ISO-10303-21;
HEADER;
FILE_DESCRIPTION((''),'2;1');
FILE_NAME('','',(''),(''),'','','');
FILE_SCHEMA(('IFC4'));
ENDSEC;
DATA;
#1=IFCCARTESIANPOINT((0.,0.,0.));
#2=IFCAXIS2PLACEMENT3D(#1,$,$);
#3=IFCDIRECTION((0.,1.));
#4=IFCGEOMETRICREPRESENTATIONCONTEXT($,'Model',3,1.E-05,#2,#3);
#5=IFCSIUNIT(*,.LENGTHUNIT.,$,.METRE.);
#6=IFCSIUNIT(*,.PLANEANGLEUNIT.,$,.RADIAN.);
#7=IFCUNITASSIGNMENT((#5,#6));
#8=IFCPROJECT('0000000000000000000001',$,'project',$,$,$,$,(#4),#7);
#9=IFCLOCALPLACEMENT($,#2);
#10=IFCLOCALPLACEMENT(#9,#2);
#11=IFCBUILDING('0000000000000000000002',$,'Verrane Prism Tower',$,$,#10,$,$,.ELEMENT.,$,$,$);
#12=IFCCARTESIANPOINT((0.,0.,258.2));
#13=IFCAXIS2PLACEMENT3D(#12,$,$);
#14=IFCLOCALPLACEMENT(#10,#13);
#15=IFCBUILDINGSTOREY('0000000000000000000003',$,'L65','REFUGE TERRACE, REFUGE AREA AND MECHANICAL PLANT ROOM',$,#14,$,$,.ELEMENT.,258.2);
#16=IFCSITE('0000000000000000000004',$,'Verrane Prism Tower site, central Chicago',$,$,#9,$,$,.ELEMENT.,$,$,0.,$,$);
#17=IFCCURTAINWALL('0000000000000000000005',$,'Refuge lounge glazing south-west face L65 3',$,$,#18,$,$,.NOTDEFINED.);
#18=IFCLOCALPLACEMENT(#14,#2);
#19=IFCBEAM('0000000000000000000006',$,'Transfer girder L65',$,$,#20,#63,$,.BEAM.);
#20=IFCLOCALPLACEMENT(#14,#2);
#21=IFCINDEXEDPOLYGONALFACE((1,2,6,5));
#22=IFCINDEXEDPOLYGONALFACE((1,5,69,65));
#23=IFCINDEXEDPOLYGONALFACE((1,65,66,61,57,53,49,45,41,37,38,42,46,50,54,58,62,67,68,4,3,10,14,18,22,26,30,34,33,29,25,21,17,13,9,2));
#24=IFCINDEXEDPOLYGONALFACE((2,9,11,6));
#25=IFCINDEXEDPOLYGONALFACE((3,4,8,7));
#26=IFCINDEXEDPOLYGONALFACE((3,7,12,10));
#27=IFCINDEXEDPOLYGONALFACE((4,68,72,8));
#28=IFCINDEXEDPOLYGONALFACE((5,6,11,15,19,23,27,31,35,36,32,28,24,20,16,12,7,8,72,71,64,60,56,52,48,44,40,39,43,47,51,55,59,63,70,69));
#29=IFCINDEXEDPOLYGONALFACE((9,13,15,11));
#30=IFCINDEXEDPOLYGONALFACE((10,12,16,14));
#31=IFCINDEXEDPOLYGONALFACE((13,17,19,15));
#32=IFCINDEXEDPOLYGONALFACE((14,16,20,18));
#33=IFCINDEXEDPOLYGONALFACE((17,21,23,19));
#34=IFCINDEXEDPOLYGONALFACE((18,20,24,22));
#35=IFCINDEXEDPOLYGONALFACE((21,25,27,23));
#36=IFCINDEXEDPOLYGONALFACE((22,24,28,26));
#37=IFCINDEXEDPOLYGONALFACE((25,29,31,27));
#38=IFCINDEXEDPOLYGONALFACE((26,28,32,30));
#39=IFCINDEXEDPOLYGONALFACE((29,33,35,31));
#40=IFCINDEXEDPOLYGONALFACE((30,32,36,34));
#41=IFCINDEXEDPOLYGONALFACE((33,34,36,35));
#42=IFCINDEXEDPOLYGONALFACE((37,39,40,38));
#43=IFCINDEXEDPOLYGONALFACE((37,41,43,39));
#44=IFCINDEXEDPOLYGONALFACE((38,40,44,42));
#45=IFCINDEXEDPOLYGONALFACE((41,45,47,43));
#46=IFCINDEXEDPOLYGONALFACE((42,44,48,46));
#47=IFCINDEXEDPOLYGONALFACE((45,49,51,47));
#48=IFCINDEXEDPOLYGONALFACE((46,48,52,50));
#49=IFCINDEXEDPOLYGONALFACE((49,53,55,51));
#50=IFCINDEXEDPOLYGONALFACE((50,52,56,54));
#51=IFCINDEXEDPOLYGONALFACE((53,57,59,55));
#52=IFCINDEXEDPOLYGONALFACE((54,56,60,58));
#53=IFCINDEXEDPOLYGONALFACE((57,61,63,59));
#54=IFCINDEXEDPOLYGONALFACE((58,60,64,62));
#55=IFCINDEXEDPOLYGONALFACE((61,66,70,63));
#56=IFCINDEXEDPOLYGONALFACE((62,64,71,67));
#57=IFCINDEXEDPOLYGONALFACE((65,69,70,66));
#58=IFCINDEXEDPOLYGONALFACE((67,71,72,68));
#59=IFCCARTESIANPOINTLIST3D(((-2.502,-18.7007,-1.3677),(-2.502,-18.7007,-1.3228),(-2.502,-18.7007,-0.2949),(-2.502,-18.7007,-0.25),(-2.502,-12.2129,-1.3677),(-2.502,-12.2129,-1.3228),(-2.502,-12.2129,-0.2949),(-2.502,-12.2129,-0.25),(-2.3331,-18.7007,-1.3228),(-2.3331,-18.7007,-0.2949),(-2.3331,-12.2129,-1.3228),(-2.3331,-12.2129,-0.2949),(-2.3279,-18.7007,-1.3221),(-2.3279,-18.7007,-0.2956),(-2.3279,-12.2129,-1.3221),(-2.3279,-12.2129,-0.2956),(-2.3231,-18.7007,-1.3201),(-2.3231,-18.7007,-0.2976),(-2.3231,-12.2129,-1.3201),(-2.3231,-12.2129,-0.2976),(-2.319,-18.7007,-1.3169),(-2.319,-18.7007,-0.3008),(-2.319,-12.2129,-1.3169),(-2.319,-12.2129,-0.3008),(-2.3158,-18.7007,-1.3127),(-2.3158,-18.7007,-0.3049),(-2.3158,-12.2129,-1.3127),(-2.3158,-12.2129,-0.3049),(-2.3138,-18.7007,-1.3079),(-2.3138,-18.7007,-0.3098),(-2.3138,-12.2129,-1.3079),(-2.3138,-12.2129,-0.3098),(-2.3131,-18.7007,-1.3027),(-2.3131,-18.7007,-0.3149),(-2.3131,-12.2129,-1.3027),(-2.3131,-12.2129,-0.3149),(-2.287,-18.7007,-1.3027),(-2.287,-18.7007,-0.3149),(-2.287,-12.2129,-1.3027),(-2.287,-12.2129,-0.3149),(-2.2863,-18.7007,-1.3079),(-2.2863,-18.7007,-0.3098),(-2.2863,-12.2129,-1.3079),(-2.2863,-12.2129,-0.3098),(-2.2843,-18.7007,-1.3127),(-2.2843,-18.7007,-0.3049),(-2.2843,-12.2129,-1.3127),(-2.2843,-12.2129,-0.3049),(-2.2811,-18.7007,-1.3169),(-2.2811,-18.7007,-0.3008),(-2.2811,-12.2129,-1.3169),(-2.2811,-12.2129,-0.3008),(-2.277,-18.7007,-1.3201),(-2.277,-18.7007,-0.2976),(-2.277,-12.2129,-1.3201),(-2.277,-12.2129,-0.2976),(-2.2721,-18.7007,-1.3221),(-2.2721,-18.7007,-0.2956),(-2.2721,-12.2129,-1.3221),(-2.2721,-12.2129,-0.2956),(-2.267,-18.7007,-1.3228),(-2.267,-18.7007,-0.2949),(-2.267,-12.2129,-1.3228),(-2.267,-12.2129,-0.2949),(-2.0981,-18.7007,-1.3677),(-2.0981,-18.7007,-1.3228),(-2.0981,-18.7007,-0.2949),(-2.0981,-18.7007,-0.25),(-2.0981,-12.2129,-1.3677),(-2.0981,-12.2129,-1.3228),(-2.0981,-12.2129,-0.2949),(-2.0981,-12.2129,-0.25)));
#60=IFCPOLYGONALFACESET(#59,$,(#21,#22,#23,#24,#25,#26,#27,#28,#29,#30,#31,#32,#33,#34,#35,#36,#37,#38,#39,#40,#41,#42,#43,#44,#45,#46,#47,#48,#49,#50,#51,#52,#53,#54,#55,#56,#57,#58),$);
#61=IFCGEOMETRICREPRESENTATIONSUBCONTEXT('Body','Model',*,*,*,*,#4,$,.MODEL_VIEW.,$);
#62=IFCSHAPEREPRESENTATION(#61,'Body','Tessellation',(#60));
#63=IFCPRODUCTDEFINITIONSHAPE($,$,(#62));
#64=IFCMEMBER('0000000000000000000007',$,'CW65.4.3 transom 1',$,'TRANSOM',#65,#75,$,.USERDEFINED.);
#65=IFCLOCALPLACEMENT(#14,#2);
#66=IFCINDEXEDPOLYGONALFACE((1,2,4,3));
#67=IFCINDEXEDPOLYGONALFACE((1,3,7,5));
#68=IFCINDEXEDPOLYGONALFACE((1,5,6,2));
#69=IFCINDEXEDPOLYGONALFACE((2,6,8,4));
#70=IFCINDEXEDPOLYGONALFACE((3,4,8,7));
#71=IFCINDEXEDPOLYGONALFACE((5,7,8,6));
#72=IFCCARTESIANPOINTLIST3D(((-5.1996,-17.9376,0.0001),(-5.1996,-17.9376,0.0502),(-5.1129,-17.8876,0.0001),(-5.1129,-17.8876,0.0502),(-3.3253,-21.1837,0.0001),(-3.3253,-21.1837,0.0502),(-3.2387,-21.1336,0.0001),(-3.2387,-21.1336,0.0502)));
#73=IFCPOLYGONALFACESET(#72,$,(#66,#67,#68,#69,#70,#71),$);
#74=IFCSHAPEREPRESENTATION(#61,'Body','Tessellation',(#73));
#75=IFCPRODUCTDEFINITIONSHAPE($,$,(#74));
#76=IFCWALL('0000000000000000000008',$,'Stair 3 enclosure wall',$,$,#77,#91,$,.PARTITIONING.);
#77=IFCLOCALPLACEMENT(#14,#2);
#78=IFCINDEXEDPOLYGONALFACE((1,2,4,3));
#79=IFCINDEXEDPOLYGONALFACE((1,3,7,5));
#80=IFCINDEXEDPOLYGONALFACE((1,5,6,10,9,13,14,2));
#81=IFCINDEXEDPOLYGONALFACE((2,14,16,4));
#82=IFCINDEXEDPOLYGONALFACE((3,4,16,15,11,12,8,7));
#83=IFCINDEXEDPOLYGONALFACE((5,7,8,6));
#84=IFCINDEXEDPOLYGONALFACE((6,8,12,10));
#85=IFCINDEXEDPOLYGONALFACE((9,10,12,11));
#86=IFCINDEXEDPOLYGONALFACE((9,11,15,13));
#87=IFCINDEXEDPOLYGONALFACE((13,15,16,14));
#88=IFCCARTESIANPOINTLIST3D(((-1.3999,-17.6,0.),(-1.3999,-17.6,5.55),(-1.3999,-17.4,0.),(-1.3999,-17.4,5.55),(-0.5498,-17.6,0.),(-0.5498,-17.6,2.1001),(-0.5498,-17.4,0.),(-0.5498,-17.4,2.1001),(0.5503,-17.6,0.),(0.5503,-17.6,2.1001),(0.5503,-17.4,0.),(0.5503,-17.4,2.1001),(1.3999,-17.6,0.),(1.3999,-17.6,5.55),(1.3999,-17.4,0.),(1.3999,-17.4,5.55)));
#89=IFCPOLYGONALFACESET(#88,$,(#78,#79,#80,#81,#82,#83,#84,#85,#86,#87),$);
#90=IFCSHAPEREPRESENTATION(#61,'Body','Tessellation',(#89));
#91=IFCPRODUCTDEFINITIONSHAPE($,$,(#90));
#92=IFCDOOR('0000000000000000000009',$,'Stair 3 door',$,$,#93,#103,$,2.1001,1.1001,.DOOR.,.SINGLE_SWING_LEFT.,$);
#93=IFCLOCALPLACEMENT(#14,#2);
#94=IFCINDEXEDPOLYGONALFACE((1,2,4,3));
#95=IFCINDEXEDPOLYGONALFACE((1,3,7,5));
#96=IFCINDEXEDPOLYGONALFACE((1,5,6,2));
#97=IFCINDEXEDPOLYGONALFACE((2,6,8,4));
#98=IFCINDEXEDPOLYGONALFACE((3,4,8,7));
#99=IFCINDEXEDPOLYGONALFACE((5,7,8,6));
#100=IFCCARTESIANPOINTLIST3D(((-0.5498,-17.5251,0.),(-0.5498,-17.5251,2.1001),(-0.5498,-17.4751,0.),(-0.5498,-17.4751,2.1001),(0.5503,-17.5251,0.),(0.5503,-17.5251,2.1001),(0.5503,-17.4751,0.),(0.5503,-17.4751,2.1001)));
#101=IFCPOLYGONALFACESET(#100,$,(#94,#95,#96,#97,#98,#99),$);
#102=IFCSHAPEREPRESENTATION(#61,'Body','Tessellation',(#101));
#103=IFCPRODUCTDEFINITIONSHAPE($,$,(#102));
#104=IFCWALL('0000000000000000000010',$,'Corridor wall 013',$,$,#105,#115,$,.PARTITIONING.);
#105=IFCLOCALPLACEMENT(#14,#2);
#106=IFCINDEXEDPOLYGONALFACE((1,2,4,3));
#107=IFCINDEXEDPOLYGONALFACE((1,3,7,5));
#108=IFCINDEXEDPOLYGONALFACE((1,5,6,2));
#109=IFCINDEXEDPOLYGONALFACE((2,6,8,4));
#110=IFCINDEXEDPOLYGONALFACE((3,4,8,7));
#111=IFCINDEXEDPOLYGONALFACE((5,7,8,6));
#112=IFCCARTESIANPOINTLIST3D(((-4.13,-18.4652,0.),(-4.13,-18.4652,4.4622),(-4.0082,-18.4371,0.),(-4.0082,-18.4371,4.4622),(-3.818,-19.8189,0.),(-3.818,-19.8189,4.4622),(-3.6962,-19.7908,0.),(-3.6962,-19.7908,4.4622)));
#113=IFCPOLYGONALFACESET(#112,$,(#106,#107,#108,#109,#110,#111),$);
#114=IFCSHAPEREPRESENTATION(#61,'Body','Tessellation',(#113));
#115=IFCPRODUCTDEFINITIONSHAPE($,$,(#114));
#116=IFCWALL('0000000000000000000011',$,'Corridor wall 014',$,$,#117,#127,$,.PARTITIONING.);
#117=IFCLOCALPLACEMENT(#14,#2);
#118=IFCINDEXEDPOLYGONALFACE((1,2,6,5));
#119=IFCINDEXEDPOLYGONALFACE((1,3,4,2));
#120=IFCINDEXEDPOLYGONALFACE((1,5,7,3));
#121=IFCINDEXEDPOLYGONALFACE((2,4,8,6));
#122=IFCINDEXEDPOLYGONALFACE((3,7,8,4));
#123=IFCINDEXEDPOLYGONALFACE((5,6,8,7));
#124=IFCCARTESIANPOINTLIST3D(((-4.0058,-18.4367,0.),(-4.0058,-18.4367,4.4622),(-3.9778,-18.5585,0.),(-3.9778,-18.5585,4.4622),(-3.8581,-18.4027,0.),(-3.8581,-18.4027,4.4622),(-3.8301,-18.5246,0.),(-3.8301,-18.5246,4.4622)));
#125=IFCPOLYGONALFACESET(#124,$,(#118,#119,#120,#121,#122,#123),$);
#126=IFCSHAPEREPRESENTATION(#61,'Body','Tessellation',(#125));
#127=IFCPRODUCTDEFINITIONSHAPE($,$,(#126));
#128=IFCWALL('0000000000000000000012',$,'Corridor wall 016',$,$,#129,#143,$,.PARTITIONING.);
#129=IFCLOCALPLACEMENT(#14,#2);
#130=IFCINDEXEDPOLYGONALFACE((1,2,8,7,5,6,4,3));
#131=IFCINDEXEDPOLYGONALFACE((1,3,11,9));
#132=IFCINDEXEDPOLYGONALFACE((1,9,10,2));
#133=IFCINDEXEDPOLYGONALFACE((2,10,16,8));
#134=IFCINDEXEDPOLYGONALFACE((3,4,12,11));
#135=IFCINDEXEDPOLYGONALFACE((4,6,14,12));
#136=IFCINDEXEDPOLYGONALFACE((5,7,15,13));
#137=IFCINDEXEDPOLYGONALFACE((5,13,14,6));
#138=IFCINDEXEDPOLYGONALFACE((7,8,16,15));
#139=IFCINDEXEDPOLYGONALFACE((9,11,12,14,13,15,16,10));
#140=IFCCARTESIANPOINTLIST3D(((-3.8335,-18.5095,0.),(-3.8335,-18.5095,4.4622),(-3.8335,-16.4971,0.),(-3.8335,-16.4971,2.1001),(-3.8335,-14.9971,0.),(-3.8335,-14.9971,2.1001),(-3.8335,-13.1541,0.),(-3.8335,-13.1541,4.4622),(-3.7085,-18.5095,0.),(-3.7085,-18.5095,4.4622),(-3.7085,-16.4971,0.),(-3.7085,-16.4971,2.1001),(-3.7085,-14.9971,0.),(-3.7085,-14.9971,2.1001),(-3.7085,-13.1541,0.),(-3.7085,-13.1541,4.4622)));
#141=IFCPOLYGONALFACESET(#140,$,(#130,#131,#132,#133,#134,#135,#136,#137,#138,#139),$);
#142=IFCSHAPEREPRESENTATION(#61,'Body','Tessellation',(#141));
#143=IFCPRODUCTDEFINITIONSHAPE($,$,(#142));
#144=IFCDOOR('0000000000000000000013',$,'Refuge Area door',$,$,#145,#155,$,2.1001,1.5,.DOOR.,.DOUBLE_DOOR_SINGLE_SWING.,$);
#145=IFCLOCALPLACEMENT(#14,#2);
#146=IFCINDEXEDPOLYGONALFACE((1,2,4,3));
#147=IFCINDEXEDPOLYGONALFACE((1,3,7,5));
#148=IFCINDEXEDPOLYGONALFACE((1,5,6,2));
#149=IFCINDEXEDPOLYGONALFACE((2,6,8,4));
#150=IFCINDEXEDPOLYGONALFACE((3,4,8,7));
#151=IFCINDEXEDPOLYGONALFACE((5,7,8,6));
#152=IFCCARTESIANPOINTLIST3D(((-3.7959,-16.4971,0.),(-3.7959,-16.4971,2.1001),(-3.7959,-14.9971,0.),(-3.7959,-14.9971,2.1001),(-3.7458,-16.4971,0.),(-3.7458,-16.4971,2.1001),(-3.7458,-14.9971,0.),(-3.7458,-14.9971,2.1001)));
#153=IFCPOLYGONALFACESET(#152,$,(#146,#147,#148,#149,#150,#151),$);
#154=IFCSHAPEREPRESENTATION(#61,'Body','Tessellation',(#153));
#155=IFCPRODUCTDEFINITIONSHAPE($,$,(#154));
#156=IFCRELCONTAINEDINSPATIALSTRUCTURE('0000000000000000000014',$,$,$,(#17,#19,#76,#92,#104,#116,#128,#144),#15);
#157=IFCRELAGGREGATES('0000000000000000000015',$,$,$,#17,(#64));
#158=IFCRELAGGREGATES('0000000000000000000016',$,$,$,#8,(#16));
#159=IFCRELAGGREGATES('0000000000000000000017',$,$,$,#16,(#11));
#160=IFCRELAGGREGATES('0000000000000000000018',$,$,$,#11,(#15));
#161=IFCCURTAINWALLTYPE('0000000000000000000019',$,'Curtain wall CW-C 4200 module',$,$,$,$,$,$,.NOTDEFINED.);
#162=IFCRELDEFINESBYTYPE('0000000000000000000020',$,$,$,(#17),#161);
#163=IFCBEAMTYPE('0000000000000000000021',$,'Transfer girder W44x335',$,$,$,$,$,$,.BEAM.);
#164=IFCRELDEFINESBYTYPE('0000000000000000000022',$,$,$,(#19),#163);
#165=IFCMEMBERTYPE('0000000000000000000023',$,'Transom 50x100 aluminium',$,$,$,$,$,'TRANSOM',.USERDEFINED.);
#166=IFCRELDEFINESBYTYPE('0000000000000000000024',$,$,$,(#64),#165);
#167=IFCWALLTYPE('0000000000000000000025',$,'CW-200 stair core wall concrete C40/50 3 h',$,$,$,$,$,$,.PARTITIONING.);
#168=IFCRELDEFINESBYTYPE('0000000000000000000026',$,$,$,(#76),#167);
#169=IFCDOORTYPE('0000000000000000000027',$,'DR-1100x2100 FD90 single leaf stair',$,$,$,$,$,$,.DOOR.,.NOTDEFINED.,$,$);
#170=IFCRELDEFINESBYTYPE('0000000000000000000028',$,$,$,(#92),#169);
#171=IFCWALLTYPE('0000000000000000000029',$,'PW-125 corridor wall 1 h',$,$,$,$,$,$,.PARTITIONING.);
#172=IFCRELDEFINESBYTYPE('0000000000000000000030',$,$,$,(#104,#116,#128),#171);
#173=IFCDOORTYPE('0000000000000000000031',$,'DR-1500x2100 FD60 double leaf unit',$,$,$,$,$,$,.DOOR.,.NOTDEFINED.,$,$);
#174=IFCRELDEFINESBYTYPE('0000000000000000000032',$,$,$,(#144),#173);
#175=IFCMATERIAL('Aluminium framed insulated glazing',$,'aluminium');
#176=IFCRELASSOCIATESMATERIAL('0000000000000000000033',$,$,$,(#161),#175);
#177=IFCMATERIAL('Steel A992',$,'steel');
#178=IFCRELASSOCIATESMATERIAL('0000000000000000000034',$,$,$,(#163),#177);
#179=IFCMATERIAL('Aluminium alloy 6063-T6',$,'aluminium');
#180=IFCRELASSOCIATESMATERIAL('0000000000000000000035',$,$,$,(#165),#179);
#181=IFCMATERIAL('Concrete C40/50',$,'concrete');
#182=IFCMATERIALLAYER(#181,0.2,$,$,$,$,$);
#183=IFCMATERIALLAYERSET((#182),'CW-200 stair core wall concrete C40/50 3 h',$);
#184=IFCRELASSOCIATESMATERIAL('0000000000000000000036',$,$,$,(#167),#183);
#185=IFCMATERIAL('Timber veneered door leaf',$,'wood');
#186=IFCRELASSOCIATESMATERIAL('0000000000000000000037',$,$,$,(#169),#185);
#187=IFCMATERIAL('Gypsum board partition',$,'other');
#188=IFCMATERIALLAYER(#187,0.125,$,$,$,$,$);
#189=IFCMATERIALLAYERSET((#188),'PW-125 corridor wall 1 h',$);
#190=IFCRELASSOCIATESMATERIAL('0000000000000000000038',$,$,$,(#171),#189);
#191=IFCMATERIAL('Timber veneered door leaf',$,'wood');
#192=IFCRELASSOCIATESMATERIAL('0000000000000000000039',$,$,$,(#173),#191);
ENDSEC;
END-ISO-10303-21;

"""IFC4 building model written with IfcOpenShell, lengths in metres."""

from ifc_helpers import new_model, si_unit, direction, frame, frame_2d, origin, origin_2d, place, context, subcontext, project, spatial, rectangle, i_section, extrude, material, layer, layer_set, material_profile, profile_set, type_object, element, fill, aggregate, save


model = new_model("IFC4")

# Units and contexts
model_context = context("Model", 3, precision=1e-05, world=origin(), true_north=direction((0.0, 1.0)))
body_context = subcontext(model_context, "Body", "Model", "MODEL_VIEW")
ifc_project = project(units=[si_unit("LENGTHUNIT", "METRE"), si_unit("PLANEANGLEUNIT", "RADIAN")], contexts=[model_context])

# Site, building, storey
site_placement = place(None, origin())
site = spatial("IfcSite", under=ifc_project, at=site_placement, Name="Verrane Prism Tower site, central Chicago", CompositionType="ELEMENT", RefElevation=0.0)
building_placement = place(site_placement, origin())
building = spatial("IfcBuilding", under=site, at=building_placement, Name="Verrane Prism Tower", CompositionType="ELEMENT")
storey_placement = place(building_placement, frame((0.0, 0.0, 258.2)))
storey = spatial("IfcBuildingStorey", under=building, at=storey_placement, Name="L65", Description="REFUGE TERRACE, REFUGE AREA AND MECHANICAL PLANT ROOM", CompositionType="ELEMENT", Elevation=258.2)

# Curtain wall
ifc_material_1 = material(Name="Aluminium framed insulated glazing", Category="aluminium")
curtain_wall_type = type_object("IfcCurtainWallType", Name="Curtain wall CW-C 4200 module", PredefinedType="NOTDEFINED", material=ifc_material_1)
curtain_wall_placement = place(storey_placement, origin())
curtain_wall = element("IfcCurtainWall", 1, at=curtain_wall_placement, inside=storey, type_object=curtain_wall_type, Name="Refuge lounge glazing south-west face L65 3", PredefinedType="NOTDEFINED")

# Beam
ifc_material_2 = material(Name="Steel A992", Category="steel")
ifc_material_profile_1 = material_profile(ifc_material_2, i_section(OverallWidth=0.4038, OverallDepth=1.1177, WebThickness=0.0261, FlangeThickness=0.0449, FilletRadius=0.02, at=origin_2d()), Name="W44x335")
ifc_profile_set_1 = profile_set([ifc_material_profile_1], Name="Steel A992")
beam_type_1 = type_object("IfcBeamType", Name="Transfer girder W44x335", PredefinedType="BEAM", material=ifc_profile_set_1)
beam_1_placement = place(storey_placement, frame((-2.3, -12.2129, -0.8088), z_axis=(0.0, -1.0, 0.0), x_axis=(1.0, 0.0, 0.0)))
element("IfcBeam", 2, at=beam_1_placement, inside=storey, type_object=beam_type_1, Name="Transfer girder L65", PredefinedType="BEAM", context=body_context, shape_type="SweptSolid", body=[
    extrude(i_section(OverallWidth=0.4038, OverallDepth=1.1177, WebThickness=0.0261, FlangeThickness=0.0449, FilletRadius=0.02, at=origin_2d()), origin(), (0.0, 0.0, 1.0), 6.4878),
])

# Member
ifc_material_3 = material(Name="Aluminium alloy 6063-T6", Category="aluminium")
ifc_material_profile_2 = material_profile(ifc_material_3, rectangle(XDim=0.1001, YDim=0.05, at=origin_2d()), Name="Transom 50x100 aluminium")
ifc_profile_set_2 = profile_set([ifc_material_profile_2], Name="Aluminium alloy 6063-T6")
member_type_1 = type_object("IfcMemberType", Name="Transom 50x100 aluminium", ElementType="TRANSOM", PredefinedType="USERDEFINED", material=ifc_profile_set_2)
member_1_placement = place(storey_placement, frame((-5.1562, -17.9126, 0.0251), z_axis=(0.500027, -0.86601, 0.0), x_axis=(0.86601, 0.500027, 0.0)))
member_1 = element("IfcMember", 3, at=member_1_placement, type_object=member_type_1, Name="CW65.4.3 transom 1", ObjectType="TRANSOM", PredefinedType="USERDEFINED", context=body_context, shape_type="SweptSolid", body=[
    extrude(rectangle(XDim=0.1001, YDim=0.05, at=origin_2d()), origin(), (0.0, 0.0, 1.0), 3.7483),
])
aggregate(curtain_wall, [member_1])

# Wall, opening, door
ifc_material_4 = material(Name="Concrete C40/50", Category="concrete")
ifc_layer_1 = layer(ifc_material_4, 0.2)
ifc_layer_set_1 = layer_set([ifc_layer_1], Name="CW-200 stair core wall concrete C40/50 3 h")
wall_type_1 = type_object("IfcWallType", Name="CW-200 stair core wall concrete C40/50 3 h", PredefinedType="PARTITIONING", material=ifc_layer_set_1)
wall_1_placement = place(storey_placement, frame((-1.3999, -17.5, 0.0), z_axis=(0.0, 0.0, 1.0), x_axis=(1.0, 0.0, 0.0)))
wall_1 = element("IfcWall", 4, at=wall_1_placement, inside=storey, type_object=wall_type_1, Name="Stair 3 enclosure wall", PredefinedType="PARTITIONING", context=body_context, shape_type="SweptSolid", body=[
    extrude(rectangle(XDim=2.7998, YDim=0.2, at=frame_2d((1.3999, 0.0))), origin(), (0.0, 0.0, 1.0), 5.55),
])
opening_1_placement = place(wall_1_placement, frame((0.8501, 0.0, 0.0)))
opening_1 = element("IfcOpeningElement", 5, at=opening_1_placement, cuts=wall_1, PredefinedType="OPENING", context=body_context, shape_type="SweptSolid", body=[
    extrude(rectangle(XDim=1.1001, YDim=2.1001, at=frame_2d((0.55, 1.05))), frame((0.0, 0.1099, 0.0), z_axis=(0.0, -1.0, 0.0), x_axis=(1.0, 0.0, 0.0)), (0.0, 0.0, 1.0), 0.22),
])
ifc_material_5 = material(Name="Timber veneered door leaf", Category="wood")
door_type_1 = type_object("IfcDoorType", Name="DR-1100x2100 FD90 single leaf stair", OperationType="NOTDEFINED", PredefinedType="DOOR", material=ifc_material_5)
door_1_placement = place(opening_1_placement, origin())
door_1 = element("IfcDoor", 6, at=door_1_placement, inside=storey, type_object=door_type_1, Name="Stair 3 door", OperationType="SINGLE_SWING_LEFT", OverallHeight=2.1001, OverallWidth=1.1001, PredefinedType="DOOR", context=body_context, shape_type="SweptSolid", body=[
    extrude(rectangle(XDim=1.1001, YDim=2.1001, at=frame_2d((0.55, 1.05))), frame((0.0, 0.0249, 0.0), z_axis=(0.0, -1.0, 0.0), x_axis=(1.0, 0.0, 0.0)), (0.0, 0.0, 1.0), 0.05),
])
fill(opening_1, door_1)

# Walls
ifc_material_6 = material(Name="Gypsum board partition", Category="other")
ifc_layer_2 = layer(ifc_material_6, 0.125)
ifc_layer_set_2 = layer_set([ifc_layer_2], Name="PW-125 corridor wall 1 h")
wall_type_2 = type_object("IfcWallType", Name="PW-125 corridor wall 1 h", PredefinedType="PARTITIONING", material=ifc_layer_set_2)
wall_2_placement = place(storey_placement, frame((-4.0691, -18.4512, 0.0), z_axis=(0.0, 0.0, 1.0), x_axis=(0.22459, -0.974453, 0.0)))
element("IfcWall", 7, at=wall_2_placement, inside=storey, type_object=wall_type_2, Name="Corridor wall 013", PredefinedType="PARTITIONING", context=body_context, shape_type="SweptSolid", body=[
    extrude(rectangle(XDim=1.3892, YDim=0.125, at=frame_2d((0.6946, 0.0))), origin(), (0.0, 0.0, 1.0), 4.4622),
])
wall_3_placement = place(storey_placement, frame((-3.9917, -18.4976, 0.0), z_axis=(0.0, 0.0, 1.0), x_axis=(0.974608, 0.223918, 0.0)))
element("IfcWall", 8, at=wall_3_placement, inside=storey, type_object=wall_type_2, Name="Corridor wall 014", PredefinedType="PARTITIONING", context=body_context, shape_type="SweptSolid", body=[
    extrude(rectangle(XDim=0.1516, YDim=0.125, at=frame_2d((0.0757, 0.0))), origin(), (0.0, 0.0, 1.0), 4.4622),
])

# Wall, opening, door
wall_4_placement = place(storey_placement, frame((-3.771, -18.5095, 0.0), z_axis=(0.0, 0.0, 1.0), x_axis=(0.0, 1.0, 0.0)))
wall_4 = element("IfcWall", 9, at=wall_4_placement, inside=storey, type_object=wall_type_2, Name="Corridor wall 016", PredefinedType="PARTITIONING", context=body_context, shape_type="SweptSolid", body=[
    extrude(rectangle(XDim=5.3555, YDim=0.125, at=frame_2d((2.6777, 0.0))), origin(), (0.0, 0.0, 1.0), 4.4622),
])
opening_2_placement = place(wall_4_placement, frame((2.0125, 0.0, 0.0)))
opening_2 = element("IfcOpeningElement", 10, at=opening_2_placement, cuts=wall_4, PredefinedType="OPENING", context=body_context, shape_type="SweptSolid", body=[
    extrude(rectangle(XDim=1.5, YDim=2.1001, at=frame_2d((0.75, 1.05))), frame((0.0, 0.0725, 0.0), z_axis=(0.0, -1.0, 0.0), x_axis=(1.0, 0.0, 0.0)), (0.0, 0.0, 1.0), 0.145),
])
ifc_material_7 = material(Name="Timber veneered door leaf", Category="wood")
door_type_2 = type_object("IfcDoorType", Name="DR-1500x2100 FD60 double leaf unit", OperationType="NOTDEFINED", PredefinedType="DOOR", material=ifc_material_7)
door_2_placement = place(opening_2_placement, origin())
door_2 = element("IfcDoor", 11, at=door_2_placement, inside=storey, type_object=door_type_2, Name="Refuge Area door", OperationType="DOUBLE_DOOR_SINGLE_SWING", OverallHeight=2.1001, OverallWidth=1.5, PredefinedType="DOOR", context=body_context, shape_type="SweptSolid", body=[
    extrude(rectangle(XDim=1.5, YDim=2.1001, at=frame_2d((0.75, 1.05))), frame((0.0, 0.0249, 0.0), z_axis=(0.0, -1.0, 0.0), x_axis=(1.0, 0.0, 0.0)), (0.0, 0.0, 1.0), 0.05),
])
fill(opening_2, door_2)

save(model, "model.ifc")
